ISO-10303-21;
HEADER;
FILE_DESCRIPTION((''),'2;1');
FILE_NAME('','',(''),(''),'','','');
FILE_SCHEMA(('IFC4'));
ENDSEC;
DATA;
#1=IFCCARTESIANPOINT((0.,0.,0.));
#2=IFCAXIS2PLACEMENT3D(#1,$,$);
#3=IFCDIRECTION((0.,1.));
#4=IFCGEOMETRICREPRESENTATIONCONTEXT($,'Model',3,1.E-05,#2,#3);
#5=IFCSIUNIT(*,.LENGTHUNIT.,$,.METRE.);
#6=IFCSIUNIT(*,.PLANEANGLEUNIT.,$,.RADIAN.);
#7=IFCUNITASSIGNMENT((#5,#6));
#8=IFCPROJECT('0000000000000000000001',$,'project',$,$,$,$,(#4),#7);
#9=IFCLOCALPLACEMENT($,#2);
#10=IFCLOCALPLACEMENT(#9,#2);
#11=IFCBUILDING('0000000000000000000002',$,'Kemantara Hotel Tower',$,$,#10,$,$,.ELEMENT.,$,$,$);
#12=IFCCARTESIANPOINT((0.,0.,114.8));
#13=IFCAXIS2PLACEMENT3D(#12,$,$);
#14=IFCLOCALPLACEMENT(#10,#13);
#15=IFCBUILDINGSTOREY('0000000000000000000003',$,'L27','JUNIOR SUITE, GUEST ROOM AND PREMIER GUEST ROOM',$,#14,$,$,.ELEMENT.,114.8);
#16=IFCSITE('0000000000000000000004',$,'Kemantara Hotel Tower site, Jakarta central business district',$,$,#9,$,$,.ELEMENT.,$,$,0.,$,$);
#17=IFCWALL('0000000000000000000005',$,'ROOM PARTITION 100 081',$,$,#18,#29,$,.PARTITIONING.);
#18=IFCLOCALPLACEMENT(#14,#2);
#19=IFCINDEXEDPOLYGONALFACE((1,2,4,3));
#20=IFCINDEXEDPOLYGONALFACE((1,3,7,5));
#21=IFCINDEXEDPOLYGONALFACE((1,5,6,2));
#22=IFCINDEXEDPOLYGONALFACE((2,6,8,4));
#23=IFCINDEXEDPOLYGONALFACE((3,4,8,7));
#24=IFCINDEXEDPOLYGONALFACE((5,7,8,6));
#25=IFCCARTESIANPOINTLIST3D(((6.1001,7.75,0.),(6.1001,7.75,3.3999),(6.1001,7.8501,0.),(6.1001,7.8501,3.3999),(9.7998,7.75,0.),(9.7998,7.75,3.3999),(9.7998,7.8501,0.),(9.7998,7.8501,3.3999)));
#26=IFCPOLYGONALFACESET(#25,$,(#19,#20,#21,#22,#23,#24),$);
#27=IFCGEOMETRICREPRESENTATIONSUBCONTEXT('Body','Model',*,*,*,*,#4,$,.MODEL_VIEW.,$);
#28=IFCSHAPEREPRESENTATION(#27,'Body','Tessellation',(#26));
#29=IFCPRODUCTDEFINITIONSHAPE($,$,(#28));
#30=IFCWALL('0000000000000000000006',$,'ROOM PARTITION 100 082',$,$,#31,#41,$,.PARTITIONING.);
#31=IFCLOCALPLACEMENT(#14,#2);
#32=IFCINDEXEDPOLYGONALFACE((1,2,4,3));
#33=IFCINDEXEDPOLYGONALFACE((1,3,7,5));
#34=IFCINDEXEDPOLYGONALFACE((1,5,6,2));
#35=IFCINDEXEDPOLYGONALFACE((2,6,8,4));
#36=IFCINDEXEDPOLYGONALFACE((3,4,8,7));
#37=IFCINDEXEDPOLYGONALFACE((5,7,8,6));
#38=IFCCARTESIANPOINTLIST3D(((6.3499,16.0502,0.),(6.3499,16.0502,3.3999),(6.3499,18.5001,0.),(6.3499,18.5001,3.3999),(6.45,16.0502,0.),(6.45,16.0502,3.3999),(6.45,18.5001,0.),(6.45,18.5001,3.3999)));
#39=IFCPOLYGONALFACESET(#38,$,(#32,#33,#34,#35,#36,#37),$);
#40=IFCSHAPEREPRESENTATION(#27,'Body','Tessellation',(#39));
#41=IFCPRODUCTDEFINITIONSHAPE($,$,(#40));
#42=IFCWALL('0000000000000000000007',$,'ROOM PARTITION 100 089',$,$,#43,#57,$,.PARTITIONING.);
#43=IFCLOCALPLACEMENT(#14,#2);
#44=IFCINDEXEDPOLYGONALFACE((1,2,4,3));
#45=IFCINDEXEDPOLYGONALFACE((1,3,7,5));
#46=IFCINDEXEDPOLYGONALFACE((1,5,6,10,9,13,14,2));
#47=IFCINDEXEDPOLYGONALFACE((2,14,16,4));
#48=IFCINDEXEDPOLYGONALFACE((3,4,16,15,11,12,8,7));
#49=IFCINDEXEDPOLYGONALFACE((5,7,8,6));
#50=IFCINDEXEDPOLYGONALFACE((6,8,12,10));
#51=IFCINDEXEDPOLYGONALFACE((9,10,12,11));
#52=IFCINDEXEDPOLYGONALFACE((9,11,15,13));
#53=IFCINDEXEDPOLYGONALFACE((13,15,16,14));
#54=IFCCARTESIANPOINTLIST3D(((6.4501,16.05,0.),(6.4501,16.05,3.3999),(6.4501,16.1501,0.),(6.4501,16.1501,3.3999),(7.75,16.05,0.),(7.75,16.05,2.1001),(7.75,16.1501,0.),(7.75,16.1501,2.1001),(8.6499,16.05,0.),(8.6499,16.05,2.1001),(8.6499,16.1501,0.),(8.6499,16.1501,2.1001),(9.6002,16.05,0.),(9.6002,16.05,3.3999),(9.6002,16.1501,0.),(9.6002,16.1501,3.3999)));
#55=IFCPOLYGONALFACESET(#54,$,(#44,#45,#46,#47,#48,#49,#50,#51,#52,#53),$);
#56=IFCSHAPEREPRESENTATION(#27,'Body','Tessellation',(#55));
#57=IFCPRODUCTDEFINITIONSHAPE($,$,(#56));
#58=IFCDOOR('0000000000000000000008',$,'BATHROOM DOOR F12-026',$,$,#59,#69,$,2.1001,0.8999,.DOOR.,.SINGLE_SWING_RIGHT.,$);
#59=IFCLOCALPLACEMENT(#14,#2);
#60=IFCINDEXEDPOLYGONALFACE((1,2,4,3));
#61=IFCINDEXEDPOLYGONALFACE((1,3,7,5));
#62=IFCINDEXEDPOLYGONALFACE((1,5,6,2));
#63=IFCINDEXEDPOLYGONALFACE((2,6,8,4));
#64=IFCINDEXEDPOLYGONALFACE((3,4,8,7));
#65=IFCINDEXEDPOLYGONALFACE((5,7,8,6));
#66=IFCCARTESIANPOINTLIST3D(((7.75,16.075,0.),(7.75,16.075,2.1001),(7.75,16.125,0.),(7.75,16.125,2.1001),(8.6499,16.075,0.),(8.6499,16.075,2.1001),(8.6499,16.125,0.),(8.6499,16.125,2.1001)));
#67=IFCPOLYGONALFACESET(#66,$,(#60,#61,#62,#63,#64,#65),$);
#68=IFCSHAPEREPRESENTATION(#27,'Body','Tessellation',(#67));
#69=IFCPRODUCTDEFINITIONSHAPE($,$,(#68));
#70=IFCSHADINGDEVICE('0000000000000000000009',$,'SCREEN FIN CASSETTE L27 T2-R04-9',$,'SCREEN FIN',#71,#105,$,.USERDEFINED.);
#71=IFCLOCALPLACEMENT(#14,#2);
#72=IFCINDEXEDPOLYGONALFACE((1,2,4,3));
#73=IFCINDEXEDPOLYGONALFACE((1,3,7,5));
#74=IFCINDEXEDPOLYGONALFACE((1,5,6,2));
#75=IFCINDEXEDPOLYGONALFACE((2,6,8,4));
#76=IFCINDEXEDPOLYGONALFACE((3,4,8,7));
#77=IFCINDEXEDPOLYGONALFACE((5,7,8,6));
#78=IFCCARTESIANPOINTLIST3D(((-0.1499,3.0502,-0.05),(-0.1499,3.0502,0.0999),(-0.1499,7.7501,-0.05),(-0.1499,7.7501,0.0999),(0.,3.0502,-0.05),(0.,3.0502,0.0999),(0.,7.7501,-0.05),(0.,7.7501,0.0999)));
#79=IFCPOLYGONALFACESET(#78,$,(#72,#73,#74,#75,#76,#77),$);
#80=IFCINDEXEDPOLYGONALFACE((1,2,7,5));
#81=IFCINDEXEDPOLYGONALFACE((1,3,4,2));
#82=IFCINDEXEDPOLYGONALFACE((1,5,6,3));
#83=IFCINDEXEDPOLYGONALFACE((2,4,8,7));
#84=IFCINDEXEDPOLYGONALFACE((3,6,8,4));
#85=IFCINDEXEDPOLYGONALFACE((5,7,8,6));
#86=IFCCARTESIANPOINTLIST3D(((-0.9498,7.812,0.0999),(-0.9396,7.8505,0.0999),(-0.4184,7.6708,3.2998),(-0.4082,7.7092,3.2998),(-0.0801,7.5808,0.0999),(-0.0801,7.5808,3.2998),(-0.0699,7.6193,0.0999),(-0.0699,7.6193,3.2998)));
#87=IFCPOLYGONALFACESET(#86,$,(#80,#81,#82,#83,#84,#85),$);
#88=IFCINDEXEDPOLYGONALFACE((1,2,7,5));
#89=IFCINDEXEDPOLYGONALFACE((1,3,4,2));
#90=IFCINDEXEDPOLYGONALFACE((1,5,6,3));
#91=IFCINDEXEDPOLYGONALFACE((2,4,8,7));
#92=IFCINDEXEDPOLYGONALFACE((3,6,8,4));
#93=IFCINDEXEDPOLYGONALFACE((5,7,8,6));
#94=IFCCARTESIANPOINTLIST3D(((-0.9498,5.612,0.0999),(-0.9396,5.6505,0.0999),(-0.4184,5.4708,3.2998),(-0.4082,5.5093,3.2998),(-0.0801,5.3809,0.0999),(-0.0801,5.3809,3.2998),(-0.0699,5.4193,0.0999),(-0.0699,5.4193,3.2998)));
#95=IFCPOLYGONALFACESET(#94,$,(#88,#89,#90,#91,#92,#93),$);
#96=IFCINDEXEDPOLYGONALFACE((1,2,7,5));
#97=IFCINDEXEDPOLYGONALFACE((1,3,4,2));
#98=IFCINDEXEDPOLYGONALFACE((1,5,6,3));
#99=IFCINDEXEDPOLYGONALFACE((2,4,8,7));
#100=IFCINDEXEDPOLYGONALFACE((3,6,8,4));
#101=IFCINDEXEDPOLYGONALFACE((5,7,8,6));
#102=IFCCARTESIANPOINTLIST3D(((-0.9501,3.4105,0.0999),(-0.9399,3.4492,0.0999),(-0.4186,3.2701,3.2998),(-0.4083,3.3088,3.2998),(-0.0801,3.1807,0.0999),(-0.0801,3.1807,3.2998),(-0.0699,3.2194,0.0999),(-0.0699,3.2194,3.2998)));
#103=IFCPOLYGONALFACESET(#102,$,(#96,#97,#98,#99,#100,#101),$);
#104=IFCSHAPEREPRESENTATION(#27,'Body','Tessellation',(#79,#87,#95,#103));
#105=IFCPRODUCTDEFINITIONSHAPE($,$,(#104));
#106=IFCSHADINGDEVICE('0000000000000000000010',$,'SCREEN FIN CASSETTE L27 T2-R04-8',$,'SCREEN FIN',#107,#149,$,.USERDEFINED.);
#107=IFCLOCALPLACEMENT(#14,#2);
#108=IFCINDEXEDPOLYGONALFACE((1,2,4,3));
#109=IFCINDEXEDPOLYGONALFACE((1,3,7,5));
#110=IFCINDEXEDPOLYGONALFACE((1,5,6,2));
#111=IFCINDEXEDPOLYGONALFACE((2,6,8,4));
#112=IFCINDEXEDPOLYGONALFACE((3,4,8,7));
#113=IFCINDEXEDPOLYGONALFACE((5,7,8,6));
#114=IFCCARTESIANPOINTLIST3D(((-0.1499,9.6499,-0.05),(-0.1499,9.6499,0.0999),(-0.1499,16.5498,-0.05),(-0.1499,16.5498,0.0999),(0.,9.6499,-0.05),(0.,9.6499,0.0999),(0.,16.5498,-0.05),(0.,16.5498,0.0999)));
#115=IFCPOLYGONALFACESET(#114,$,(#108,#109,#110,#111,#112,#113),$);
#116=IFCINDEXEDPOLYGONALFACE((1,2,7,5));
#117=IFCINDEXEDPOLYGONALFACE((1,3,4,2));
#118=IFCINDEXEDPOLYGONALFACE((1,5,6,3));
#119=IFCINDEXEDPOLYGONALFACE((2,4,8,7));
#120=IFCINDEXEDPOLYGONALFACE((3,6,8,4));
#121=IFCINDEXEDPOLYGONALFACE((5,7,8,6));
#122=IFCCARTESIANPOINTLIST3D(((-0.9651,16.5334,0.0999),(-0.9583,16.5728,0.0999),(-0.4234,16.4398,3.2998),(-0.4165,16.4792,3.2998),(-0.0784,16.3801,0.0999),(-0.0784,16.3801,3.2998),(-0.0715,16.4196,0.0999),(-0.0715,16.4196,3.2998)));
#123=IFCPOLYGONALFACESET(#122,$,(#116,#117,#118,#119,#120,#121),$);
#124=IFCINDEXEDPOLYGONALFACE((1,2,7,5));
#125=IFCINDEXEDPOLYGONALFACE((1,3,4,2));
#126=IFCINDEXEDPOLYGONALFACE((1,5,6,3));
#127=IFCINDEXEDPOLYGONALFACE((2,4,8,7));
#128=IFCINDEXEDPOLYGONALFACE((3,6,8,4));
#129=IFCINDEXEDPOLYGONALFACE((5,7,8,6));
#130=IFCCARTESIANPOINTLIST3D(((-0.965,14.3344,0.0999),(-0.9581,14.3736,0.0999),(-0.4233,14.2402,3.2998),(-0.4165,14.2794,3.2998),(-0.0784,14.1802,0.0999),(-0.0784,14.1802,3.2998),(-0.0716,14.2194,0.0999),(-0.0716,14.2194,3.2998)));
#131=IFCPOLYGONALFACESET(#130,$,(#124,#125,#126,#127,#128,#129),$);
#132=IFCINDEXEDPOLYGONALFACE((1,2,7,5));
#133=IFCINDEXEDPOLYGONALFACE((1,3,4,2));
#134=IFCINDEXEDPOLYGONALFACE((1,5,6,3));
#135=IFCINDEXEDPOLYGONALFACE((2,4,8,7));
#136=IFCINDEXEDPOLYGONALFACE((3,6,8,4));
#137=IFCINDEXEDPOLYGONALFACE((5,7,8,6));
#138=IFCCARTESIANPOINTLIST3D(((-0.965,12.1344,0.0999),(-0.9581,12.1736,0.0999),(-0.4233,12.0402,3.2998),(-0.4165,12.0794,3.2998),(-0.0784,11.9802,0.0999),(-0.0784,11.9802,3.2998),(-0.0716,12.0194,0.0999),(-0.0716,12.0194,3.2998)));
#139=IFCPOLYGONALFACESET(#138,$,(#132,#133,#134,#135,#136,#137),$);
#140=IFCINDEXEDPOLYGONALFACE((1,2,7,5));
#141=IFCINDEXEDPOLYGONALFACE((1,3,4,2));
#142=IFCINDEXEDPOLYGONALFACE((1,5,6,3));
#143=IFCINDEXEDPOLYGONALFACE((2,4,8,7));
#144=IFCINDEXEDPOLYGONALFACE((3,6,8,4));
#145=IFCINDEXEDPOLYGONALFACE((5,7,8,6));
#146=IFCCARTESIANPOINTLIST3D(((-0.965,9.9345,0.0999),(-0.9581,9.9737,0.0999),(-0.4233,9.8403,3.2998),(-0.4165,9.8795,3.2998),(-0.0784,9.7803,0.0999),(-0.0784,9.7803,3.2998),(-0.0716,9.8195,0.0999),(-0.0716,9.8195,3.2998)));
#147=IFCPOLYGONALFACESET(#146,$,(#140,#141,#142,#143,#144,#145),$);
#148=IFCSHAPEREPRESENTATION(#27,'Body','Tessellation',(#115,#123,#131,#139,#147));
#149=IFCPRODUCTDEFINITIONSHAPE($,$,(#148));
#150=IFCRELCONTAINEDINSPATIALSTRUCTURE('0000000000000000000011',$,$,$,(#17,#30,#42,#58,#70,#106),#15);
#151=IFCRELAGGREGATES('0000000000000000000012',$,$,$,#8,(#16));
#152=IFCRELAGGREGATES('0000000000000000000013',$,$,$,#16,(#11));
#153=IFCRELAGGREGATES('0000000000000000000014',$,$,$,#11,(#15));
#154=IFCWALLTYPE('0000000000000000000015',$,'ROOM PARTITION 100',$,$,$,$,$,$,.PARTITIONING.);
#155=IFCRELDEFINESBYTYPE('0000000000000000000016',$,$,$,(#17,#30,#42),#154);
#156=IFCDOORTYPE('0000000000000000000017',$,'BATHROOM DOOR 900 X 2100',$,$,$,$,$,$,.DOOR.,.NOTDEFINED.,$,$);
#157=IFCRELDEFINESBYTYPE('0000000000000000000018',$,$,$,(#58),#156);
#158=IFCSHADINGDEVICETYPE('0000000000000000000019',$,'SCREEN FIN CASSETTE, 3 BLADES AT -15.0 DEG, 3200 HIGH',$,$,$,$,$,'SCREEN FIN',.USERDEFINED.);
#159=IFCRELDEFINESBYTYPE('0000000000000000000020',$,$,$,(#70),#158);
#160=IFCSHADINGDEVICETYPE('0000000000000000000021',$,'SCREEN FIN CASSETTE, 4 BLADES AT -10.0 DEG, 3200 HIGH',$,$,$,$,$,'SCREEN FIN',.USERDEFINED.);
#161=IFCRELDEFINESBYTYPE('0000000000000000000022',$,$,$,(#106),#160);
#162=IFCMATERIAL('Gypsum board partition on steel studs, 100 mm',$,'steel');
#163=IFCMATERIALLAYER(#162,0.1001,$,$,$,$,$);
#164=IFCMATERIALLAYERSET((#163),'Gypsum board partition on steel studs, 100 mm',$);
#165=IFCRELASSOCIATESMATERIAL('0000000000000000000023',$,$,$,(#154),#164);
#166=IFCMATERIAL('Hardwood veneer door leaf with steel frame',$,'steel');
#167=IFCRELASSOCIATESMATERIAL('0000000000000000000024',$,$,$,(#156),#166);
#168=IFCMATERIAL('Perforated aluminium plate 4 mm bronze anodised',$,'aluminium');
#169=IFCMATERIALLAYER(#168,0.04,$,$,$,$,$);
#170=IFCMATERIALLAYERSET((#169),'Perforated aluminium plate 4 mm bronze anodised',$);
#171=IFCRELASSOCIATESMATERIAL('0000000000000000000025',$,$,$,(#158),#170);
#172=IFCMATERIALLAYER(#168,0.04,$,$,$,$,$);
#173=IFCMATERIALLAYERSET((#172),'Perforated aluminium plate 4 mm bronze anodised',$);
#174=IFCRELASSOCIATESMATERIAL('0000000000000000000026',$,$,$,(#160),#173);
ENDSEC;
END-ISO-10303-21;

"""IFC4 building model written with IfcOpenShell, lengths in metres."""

from ifc_helpers import new_model, si_unit, direction, frame, frame_2d, origin, origin_2d, place, context, subcontext, project, spatial, polyline, rectangle, outline, extrude, source, transform, mapped, material, layer, layer_set, type_object, element, fill, save


model = new_model("IFC4")

# Units and contexts
model_context = context("Model", 3, precision=1e-05, world=origin(), true_north=direction((0.0, 1.0)))
body_context = subcontext(model_context, "Body", "Model", "MODEL_VIEW")
ifc_project = project(units=[si_unit("LENGTHUNIT", "METRE"), si_unit("PLANEANGLEUNIT", "RADIAN")], contexts=[model_context])

# Site, building, storey
site_placement = place(None, origin())
site = spatial("IfcSite", under=ifc_project, at=site_placement, Name="Kemantara Hotel Tower site, Jakarta central business district", CompositionType="ELEMENT", RefElevation=0.0)
building_placement = place(site_placement, origin())
building = spatial("IfcBuilding", under=site, at=building_placement, Name="Kemantara Hotel Tower", CompositionType="ELEMENT")
storey_placement = place(building_placement, frame((0.0, 0.0, 114.8)))
storey = spatial("IfcBuildingStorey", under=building, at=storey_placement, Name="L27", Description="JUNIOR SUITE, GUEST ROOM AND PREMIER GUEST ROOM", CompositionType="ELEMENT", Elevation=114.8)

# Shared definitions
ifc_material_1 = material(Name="Hardwood veneer door leaf with steel frame", Category="steel")

# Shared definitions
ifc_material_2 = material(Name="Gypsum board partition on steel studs, 100 mm", Category="steel")
ifc_layer_1 = layer(ifc_material_2, 0.1001)
ifc_layer_set_1 = layer_set([ifc_layer_1], Name="Gypsum board partition on steel studs, 100 mm")
wall_type_1 = type_object("IfcWallType", Name="ROOM PARTITION 100", PredefinedType="PARTITIONING", material=ifc_layer_set_1)
door_type_1 = type_object("IfcDoorType", Name="BATHROOM DOOR 900 X 2100", OperationType="NOTDEFINED", PredefinedType="DOOR", material=ifc_material_1)

# Walls
wall_1_placement = place(storey_placement, frame((6.1001, 7.8, 0.0), z_axis=(0.0, 0.0, 1.0), x_axis=(1.0, 0.0, 0.0)))
element("IfcWall", 1, at=wall_1_placement, inside=storey, type_object=wall_type_1, Name="ROOM PARTITION 100 081", PredefinedType="PARTITIONING", context=body_context, shape_type="SweptSolid", body=[
    extrude(rectangle(XDim=3.6997, YDim=0.1001, at=frame_2d((1.8499, 0.0))), origin(), (0.0, 0.0, 1.0), 3.3999),
])
wall_2_placement = place(storey_placement, frame((6.3999, 16.05, 0.0), z_axis=(0.0, 0.0, 1.0), x_axis=(0.0, 1.0, 0.0)))
element("IfcWall", 2, at=wall_2_placement, inside=storey, type_object=wall_type_1, Name="ROOM PARTITION 100 082", PredefinedType="PARTITIONING", context=body_context, shape_type="SweptSolid", body=[
    extrude(rectangle(XDim=2.45, YDim=0.1001, at=frame_2d((1.2251, 0.0))), origin(), (0.0, 0.0, 1.0), 3.3999),
])

# Wall, opening, door
wall_3_placement = place(storey_placement, frame((6.45, 16.1001, 0.0), z_axis=(0.0, 0.0, 1.0), x_axis=(1.0, 0.0, 0.0)))
wall_3 = element("IfcWall", 3, at=wall_3_placement, inside=storey, type_object=wall_type_1, Name="ROOM PARTITION 100 089", PredefinedType="PARTITIONING", context=body_context, shape_type="SweptSolid", body=[
    extrude(rectangle(XDim=3.1501, YDim=0.1001, at=frame_2d((1.5752, 0.0))), origin(), (0.0, 0.0, 1.0), 3.3999),
])
opening_1_placement = place(wall_3_placement, frame((1.3, 0.0, 0.0)))
opening_1 = element("IfcOpeningElement", 4, at=opening_1_placement, cuts=wall_3, PredefinedType="OPENING", context=body_context, shape_type="SweptSolid", body=[
    extrude(rectangle(XDim=0.8999, YDim=2.1001, at=frame_2d((0.45, 1.05))), frame((0.0, 0.0601, 0.0), z_axis=(0.0, -1.0, 0.0), x_axis=(1.0, 0.0, 0.0)), (0.0, 0.0, 1.0), 0.1201),
])
door_1_placement = place(opening_1_placement, origin())
door_1 = element("IfcDoor", 5, at=door_1_placement, inside=storey, type_object=door_type_1, Name="BATHROOM DOOR F12-026", OperationType="SINGLE_SWING_RIGHT", OverallHeight=2.1001, OverallWidth=0.8999, PredefinedType="DOOR", context=body_context, shape_type="SweptSolid", body=[
    extrude(rectangle(XDim=0.8999, YDim=2.1001, at=frame_2d((0.45, 1.05))), frame((0.0, 0.0249, 0.0), z_axis=(0.0, -1.0, 0.0), x_axis=(1.0, 0.0, 0.0)), (0.0, 0.0, 1.0), 0.05),
])
fill(opening_1, door_1)

# Shading devices
ifc_material_3 = material(Name="Perforated aluminium plate 4 mm bronze anodised", Category="aluminium")
ifc_layer_2 = layer(ifc_material_3, 0.04)
ifc_layer_set_2 = layer_set([ifc_layer_2], Name="Perforated aluminium plate 4 mm bronze anodised")
shading_device_type_1 = type_object("IfcShadingDeviceType", Name="SCREEN FIN CASSETTE, 3 BLADES AT -15.0 DEG, 3200 HIGH", ElementType="SCREEN FIN", PredefinedType="USERDEFINED", material=ifc_layer_set_2)
shared_shape_1 = source(origin(), body_context, "Body", "SweptSolid", [
    extrude(rectangle(XDim=4.7, YDim=0.1499, at=origin_2d()), frame((2.2, -0.075, -0.1499), z_axis=(0.0, 0.0, 1.0), x_axis=(1.0, 0.0, 0.0)), (0.0, 0.0, 1.0), 0.1499),
    extrude(outline(polyline([(0.0, 0.0), (0.8999, 0.0), (0.3501, 3.2), (0.0, 3.2), (0.0, 0.0)])), frame((0.0193, -0.0801, 0.0), z_axis=(-0.966438, 0.256901, 0.0), x_axis=(-0.256901, -0.966438, 0.0)), (0.0, 0.0, 1.0), 0.0398),
    extrude(outline(polyline([(0.0, 0.0), (0.8999, 0.0), (0.3501, 3.2), (0.0, 3.2), (0.0, 0.0)])), frame((2.2192, -0.0801, 0.0), z_axis=(-0.966438, 0.256901, 0.0), x_axis=(-0.256901, -0.966438, 0.0)), (0.0, 0.0, 1.0), 0.0398),
    extrude(outline(polyline([(0.0, 0.0), (0.8999, 0.0), (0.3501, 3.2), (0.0, 3.2), (0.0, 0.0)])), frame((4.4194, -0.0801, 0.0), z_axis=(-0.966838, 0.255391, 0.0), x_axis=(-0.255391, -0.966838, 0.0)), (0.0, 0.0, 1.0), 0.04),
])
shading_device_1_placement = place(storey_placement, frame((0.0, 7.6001, 0.0999), z_axis=(0.0, 0.0, 1.0), x_axis=(0.0, -1.0, 0.0)))
element("IfcShadingDevice", 6, at=shading_device_1_placement, inside=storey, type_object=shading_device_type_1, Name="SCREEN FIN CASSETTE L27 T2-R04-9", ObjectType="SCREEN FIN", PredefinedType="USERDEFINED", context=body_context, shape_type="MappedRepresentation", body=[
    mapped(shared_shape_1, transform((0.0, 0.0, 0.0))),
])
ifc_layer_3 = layer(ifc_material_3, 0.04)
ifc_layer_set_3 = layer_set([ifc_layer_3], Name="Perforated aluminium plate 4 mm bronze anodised")
shading_device_type_2 = type_object("IfcShadingDeviceType", Name="SCREEN FIN CASSETTE, 4 BLADES AT -10.0 DEG, 3200 HIGH", ElementType="SCREEN FIN", PredefinedType="USERDEFINED", material=ifc_layer_set_3)
shared_shape_2 = source(origin(), body_context, "Body", "SweptSolid", [
    extrude(rectangle(XDim=6.8999, YDim=0.1499, at=origin_2d()), frame((3.3, -0.075, -0.1499), z_axis=(0.0, 0.0, 1.0), x_axis=(1.0, 0.0, 0.0)), (0.0, 0.0, 1.0), 0.1499),
    extrude(outline(polyline([(0.0, 0.0), (0.8999, 0.0), (0.3501, 3.2), (0.0, 3.2), (0.0, 0.0)])), frame((0.0198, -0.0784, 0.0), z_axis=(-0.98539, 0.170314, 0.0), x_axis=(-0.170314, -0.98539, 0.0)), (0.0, 0.0, 1.0), 0.04),
    extrude(outline(polyline([(0.0, 0.0), (0.8999, 0.0), (0.3501, 3.2), (0.0, 3.2), (0.0, 0.0)])), frame((2.2197, -0.0784, 0.0), z_axis=(-0.985212, 0.171341, 0.0), x_axis=(-0.171341, -0.985212, 0.0)), (0.0, 0.0, 1.0), 0.0398),
    extrude(outline(polyline([(0.0, 0.0), (0.8999, 0.0), (0.3501, 3.2), (0.0, 3.2), (0.0, 0.0)])), frame((4.4197, -0.0784, 0.0), z_axis=(-0.985212, 0.171341, 0.0), x_axis=(-0.171341, -0.985212, 0.0)), (0.0, 0.0, 1.0), 0.0398),
    extrude(outline(polyline([(0.0, 0.0), (0.8999, 0.0), (0.3501, 3.2), (0.0, 3.2), (0.0, 0.0)])), frame((6.6196, -0.0784, 0.0), z_axis=(-0.985212, 0.171341, 0.0), x_axis=(-0.171341, -0.985212, 0.0)), (0.0, 0.0, 1.0), 0.0398),
])
shading_device_2_placement = place(storey_placement, frame((0.0, 16.3999, 0.0999), z_axis=(0.0, 0.0, 1.0), x_axis=(0.0, -1.0, 0.0)))
element("IfcShadingDevice", 7, at=shading_device_2_placement, inside=storey, type_object=shading_device_type_2, Name="SCREEN FIN CASSETTE L27 T2-R04-8", ObjectType="SCREEN FIN", PredefinedType="USERDEFINED", context=body_context, shape_type="MappedRepresentation", body=[
    mapped(shared_shape_2, transform((0.0, 0.0, 0.0))),
])

save(model, "model.ifc")
